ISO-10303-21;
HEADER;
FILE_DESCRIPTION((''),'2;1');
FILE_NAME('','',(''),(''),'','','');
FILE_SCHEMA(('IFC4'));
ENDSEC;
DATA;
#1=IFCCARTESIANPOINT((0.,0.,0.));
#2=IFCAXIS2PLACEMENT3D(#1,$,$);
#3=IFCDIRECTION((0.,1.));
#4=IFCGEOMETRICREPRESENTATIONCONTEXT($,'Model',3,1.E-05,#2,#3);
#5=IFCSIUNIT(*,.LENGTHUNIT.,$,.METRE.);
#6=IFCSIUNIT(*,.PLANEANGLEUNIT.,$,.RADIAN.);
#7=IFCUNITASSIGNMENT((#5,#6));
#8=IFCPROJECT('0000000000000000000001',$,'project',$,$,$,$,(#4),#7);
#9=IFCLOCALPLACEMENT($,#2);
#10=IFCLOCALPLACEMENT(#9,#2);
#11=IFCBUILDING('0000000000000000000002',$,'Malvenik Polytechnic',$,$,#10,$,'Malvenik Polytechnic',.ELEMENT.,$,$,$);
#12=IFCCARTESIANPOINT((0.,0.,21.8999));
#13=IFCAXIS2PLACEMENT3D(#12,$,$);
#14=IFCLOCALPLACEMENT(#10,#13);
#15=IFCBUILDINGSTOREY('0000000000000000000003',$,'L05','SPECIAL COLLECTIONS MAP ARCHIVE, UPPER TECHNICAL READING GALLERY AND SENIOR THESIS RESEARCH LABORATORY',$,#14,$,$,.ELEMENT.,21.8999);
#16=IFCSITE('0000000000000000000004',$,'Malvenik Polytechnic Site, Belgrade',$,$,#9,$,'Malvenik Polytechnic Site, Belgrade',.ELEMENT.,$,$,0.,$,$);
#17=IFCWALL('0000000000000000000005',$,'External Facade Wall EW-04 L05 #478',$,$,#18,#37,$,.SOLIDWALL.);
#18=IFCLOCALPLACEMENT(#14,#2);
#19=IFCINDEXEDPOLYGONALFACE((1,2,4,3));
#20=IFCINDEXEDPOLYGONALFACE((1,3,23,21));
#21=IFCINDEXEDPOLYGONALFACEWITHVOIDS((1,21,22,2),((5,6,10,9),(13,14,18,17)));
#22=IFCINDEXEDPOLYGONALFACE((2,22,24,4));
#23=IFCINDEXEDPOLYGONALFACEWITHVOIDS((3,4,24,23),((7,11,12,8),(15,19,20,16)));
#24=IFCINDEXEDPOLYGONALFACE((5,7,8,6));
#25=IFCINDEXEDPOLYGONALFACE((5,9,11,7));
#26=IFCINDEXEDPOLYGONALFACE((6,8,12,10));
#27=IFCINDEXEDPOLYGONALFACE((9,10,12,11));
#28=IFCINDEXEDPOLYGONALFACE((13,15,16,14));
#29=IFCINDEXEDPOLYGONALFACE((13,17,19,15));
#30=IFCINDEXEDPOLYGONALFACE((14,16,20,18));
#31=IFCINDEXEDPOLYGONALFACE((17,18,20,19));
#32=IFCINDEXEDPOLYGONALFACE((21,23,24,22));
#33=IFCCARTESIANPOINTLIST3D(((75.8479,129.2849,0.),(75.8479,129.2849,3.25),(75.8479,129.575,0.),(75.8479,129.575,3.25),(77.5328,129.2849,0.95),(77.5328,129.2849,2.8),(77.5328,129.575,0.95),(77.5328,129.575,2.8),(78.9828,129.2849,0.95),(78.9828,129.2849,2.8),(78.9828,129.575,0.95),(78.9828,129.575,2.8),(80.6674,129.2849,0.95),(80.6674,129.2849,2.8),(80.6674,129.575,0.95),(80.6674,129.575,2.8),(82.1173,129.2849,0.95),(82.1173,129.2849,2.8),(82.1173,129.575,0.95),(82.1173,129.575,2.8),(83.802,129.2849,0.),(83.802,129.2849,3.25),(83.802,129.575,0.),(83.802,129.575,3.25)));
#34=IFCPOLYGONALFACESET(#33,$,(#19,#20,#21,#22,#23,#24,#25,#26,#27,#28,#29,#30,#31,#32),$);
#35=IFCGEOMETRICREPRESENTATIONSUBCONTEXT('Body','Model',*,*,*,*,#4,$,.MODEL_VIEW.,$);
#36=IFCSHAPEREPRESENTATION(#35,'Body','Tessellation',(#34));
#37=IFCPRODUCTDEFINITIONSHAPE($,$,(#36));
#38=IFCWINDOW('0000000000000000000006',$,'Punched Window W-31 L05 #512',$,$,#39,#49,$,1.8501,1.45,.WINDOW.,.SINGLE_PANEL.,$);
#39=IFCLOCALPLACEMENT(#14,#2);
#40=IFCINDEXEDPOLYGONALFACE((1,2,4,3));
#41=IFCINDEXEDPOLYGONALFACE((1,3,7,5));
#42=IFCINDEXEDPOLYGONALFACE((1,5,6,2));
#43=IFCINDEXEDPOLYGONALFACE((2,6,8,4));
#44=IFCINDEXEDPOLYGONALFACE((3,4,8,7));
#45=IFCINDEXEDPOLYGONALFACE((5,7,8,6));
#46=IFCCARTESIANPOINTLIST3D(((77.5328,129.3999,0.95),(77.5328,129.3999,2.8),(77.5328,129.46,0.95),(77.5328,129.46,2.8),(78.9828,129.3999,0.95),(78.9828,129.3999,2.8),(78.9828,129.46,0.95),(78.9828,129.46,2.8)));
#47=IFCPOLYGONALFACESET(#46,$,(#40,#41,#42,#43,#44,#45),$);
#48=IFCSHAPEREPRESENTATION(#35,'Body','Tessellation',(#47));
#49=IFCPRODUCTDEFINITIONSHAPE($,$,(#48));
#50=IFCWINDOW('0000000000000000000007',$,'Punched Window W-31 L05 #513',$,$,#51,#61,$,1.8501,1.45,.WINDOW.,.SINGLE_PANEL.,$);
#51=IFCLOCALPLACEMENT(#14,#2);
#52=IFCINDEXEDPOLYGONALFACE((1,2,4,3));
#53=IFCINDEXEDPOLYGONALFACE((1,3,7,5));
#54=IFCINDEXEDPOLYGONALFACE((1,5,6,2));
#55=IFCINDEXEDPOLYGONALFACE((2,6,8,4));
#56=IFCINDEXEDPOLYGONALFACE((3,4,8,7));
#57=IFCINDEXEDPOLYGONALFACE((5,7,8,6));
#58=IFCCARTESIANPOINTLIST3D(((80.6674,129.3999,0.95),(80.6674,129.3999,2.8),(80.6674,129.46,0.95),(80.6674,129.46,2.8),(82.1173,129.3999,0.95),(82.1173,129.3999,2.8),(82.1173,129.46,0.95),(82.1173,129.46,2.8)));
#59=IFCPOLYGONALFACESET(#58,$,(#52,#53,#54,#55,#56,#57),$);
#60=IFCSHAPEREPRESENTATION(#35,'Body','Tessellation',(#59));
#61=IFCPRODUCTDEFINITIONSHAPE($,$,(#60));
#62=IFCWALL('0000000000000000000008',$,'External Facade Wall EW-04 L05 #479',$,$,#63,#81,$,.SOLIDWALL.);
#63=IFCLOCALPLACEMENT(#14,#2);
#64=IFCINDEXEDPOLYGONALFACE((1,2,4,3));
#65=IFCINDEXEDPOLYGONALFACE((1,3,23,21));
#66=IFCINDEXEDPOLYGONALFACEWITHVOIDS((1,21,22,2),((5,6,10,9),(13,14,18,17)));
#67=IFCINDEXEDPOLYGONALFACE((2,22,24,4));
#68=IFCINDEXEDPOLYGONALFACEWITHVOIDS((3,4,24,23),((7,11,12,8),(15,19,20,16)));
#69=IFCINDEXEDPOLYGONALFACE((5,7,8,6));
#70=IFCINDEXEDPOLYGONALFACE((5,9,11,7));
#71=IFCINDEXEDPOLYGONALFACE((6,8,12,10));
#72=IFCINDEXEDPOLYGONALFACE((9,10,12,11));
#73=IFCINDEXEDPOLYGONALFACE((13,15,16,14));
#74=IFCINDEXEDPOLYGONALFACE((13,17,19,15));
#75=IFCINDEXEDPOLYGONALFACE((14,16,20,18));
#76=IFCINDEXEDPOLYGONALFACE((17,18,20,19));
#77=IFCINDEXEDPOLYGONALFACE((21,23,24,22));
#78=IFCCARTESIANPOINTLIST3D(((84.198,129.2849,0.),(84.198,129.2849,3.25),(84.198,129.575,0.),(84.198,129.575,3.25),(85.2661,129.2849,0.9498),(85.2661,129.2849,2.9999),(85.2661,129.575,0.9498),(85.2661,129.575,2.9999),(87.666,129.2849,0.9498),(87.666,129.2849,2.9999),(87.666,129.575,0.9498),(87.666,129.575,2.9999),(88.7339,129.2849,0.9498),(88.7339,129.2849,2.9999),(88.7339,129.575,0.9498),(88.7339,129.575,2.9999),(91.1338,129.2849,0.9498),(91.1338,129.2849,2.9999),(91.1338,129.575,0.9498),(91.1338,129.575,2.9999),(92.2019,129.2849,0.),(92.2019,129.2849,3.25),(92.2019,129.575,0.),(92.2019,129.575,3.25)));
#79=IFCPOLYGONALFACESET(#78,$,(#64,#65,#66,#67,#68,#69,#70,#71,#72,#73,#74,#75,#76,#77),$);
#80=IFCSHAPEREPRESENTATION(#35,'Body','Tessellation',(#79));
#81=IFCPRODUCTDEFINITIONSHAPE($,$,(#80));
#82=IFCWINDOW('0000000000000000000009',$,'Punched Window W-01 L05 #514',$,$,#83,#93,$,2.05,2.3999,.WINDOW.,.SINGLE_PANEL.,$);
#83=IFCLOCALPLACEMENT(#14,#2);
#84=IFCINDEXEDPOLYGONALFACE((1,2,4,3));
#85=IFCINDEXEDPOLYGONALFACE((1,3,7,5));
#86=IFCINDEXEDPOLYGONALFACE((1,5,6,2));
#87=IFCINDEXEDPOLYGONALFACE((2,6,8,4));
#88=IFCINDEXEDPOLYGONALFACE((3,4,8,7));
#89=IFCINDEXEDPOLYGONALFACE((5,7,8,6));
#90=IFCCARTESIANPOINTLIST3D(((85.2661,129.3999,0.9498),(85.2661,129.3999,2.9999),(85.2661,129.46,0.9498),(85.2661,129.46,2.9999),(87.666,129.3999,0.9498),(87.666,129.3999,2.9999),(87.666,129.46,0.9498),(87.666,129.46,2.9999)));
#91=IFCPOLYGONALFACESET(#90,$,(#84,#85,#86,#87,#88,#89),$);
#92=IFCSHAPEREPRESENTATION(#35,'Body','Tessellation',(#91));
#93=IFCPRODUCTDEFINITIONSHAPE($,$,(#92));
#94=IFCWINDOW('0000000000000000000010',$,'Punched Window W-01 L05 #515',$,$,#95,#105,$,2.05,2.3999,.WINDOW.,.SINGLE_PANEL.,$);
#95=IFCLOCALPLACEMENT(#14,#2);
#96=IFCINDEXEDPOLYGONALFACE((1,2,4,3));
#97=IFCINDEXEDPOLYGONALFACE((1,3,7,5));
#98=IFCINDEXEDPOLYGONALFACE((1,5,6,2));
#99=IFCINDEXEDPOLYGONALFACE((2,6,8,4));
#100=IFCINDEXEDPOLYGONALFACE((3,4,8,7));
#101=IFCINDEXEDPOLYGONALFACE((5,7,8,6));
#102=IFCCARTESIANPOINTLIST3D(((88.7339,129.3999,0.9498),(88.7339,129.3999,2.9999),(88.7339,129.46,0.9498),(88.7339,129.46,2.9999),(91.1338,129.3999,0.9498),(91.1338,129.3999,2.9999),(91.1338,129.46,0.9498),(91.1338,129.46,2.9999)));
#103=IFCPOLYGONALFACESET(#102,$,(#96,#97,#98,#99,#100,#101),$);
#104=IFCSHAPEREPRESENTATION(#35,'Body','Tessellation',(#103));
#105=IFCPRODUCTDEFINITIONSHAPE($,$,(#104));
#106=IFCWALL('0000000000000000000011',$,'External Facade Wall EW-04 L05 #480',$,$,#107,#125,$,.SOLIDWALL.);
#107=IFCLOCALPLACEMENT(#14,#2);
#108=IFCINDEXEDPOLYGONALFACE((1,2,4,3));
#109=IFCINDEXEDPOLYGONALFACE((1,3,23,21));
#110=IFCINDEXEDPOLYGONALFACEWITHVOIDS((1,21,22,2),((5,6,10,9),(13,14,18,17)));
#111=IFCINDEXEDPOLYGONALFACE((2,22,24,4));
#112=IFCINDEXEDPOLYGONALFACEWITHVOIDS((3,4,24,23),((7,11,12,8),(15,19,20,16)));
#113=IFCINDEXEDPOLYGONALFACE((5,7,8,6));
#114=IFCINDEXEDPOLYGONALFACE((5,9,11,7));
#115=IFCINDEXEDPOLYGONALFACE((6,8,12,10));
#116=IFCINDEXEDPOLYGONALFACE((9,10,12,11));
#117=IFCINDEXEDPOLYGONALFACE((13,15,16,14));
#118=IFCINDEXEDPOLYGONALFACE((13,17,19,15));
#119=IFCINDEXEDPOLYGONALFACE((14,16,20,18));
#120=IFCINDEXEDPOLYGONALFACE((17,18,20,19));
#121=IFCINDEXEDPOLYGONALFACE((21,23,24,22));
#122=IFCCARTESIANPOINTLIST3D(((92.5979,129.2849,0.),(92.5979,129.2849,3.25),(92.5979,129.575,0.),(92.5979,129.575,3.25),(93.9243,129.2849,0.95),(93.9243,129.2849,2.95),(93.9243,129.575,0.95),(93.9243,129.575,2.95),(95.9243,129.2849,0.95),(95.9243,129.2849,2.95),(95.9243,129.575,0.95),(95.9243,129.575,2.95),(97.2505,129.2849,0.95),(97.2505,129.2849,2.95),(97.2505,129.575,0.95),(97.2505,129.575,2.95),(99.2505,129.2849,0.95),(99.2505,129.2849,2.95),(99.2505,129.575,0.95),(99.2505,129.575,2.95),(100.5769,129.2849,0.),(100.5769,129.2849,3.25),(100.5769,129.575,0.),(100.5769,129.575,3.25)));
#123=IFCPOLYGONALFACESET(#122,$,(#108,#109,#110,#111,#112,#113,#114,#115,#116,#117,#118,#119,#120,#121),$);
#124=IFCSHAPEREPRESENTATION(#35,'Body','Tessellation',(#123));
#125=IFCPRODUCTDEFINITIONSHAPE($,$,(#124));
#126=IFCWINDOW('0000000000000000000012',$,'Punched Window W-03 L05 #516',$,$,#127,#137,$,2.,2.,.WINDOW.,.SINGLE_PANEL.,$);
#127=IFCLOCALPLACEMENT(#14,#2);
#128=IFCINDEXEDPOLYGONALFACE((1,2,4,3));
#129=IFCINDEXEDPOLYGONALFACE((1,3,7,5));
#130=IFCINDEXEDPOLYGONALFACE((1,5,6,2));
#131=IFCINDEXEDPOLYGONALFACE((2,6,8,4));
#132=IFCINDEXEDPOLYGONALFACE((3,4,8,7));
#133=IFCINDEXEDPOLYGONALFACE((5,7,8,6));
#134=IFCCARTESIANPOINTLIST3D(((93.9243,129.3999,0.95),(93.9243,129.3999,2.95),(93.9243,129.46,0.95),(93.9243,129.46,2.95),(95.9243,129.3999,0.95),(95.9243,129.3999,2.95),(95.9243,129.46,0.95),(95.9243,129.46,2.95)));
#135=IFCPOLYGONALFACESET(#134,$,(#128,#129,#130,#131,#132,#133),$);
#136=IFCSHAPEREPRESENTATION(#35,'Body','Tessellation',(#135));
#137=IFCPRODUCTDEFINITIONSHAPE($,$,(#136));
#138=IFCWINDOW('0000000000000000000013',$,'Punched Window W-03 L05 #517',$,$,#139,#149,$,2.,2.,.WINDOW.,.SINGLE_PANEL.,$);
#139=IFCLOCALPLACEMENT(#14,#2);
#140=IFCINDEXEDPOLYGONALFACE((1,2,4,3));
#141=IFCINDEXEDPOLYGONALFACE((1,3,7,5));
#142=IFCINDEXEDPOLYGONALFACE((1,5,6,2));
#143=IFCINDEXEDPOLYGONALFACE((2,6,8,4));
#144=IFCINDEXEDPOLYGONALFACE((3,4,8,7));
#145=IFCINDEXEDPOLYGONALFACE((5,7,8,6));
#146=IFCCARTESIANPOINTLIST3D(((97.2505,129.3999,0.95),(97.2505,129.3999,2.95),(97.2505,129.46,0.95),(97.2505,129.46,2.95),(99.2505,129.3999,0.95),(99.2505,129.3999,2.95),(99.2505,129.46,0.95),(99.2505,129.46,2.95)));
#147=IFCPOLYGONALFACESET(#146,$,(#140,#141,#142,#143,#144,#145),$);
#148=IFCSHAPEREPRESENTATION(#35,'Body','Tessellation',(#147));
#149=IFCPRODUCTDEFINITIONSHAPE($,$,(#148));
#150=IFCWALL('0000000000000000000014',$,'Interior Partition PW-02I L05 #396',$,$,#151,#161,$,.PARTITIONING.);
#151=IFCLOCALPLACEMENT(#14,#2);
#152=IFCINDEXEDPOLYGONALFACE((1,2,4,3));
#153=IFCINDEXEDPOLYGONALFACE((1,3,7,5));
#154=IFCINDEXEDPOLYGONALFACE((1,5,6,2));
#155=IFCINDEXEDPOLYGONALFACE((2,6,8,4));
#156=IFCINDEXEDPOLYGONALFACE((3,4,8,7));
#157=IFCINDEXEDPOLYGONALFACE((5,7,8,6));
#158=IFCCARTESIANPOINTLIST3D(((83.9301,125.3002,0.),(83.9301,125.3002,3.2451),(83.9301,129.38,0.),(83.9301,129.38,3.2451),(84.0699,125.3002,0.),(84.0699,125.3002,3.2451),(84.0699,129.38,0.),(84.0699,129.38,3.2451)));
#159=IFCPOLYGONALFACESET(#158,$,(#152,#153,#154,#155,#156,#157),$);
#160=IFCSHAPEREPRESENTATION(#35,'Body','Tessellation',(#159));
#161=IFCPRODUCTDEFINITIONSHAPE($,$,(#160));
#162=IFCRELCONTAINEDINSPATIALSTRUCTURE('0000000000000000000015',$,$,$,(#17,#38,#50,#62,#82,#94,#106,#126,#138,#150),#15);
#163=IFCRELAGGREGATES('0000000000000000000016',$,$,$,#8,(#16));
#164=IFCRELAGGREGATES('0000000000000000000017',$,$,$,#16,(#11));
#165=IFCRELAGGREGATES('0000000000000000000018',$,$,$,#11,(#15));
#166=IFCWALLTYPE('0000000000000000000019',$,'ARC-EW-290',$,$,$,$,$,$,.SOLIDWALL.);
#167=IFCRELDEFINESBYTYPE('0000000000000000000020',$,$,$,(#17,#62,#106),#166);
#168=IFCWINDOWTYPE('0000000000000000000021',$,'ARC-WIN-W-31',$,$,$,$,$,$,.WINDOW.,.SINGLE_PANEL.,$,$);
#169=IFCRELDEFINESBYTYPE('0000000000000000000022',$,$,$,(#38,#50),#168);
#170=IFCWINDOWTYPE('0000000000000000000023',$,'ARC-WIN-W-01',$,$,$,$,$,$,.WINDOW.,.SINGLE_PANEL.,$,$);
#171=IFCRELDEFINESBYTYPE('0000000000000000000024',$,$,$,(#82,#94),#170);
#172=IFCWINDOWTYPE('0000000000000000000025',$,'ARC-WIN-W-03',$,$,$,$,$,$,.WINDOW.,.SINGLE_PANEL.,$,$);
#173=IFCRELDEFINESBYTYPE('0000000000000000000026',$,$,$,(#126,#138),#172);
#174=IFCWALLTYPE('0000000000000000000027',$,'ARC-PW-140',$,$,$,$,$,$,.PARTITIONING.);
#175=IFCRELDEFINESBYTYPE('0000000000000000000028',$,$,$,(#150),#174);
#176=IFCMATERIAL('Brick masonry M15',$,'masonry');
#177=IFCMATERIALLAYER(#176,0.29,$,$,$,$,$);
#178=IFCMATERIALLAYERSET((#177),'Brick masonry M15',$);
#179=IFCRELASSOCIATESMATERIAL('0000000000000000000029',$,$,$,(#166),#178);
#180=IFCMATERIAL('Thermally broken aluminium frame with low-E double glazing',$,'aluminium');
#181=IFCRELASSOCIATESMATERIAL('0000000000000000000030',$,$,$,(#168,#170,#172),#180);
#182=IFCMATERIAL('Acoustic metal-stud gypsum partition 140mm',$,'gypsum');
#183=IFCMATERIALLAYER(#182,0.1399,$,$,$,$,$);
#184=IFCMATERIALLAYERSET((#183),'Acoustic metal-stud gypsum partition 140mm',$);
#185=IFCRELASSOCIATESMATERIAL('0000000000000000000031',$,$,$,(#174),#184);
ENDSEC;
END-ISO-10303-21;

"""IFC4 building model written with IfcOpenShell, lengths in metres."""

from ifc_helpers import new_model, si_unit, direction, frame, frame_2d, origin, place, context, subcontext, project, spatial, rectangle, extrude, material, layer, layer_set, type_object, element, fill, save


model = new_model("IFC4")

# Units and contexts
model_context = context("Model", 3, precision=1e-05, world=origin(), true_north=direction((0.0, 1.0)))
body_context = subcontext(model_context, "Body", "Model", "MODEL_VIEW")
ifc_project = project(units=[si_unit("LENGTHUNIT", "METRE"), si_unit("PLANEANGLEUNIT", "RADIAN")], contexts=[model_context])

# Site, building, storey
site_placement = place(None, origin())
site = spatial("IfcSite", under=ifc_project, at=site_placement, Name="Malvenik Polytechnic Site, Belgrade", LongName="Malvenik Polytechnic Site, Belgrade", CompositionType="ELEMENT", RefElevation=0.0)
building_placement = place(site_placement, origin())
building = spatial("IfcBuilding", under=site, at=building_placement, Name="Malvenik Polytechnic", LongName="Malvenik Polytechnic", CompositionType="ELEMENT")
storey_placement = place(building_placement, frame((0.0, 0.0, 21.8999)))
storey = spatial("IfcBuildingStorey", under=building, at=storey_placement, Name="L05", Description="SPECIAL COLLECTIONS MAP ARCHIVE, UPPER TECHNICAL READING GALLERY AND SENIOR THESIS RESEARCH LABORATORY", CompositionType="ELEMENT", Elevation=21.8999)

# Walls, openings, windows
ifc_material_1 = material(Name="Brick masonry M15", Category="masonry")
ifc_layer_1 = layer(ifc_material_1, 0.29)
ifc_layer_set_1 = layer_set([ifc_layer_1], Name="Brick masonry M15")
wall_type_1 = type_object("IfcWallType", Name="ARC-EW-290", PredefinedType="SOLIDWALL", material=ifc_layer_set_1)
wall_1_placement = place(storey_placement, frame((75.8479, 129.4299, 0.0), z_axis=(0.0, 0.0, 1.0), x_axis=(1.0, 0.0, 0.0)))
wall_1 = element("IfcWall", 1, at=wall_1_placement, inside=storey, type_object=wall_type_1, Name="External Facade Wall EW-04 L05 #478", PredefinedType="SOLIDWALL", context=body_context, shape_type="SweptSolid", body=[
    extrude(rectangle(XDim=7.9541, YDim=0.29, at=frame_2d((3.9771, 0.0))), origin(), (0.0, 0.0, 1.0), 3.25),
])
opening_1_placement = place(wall_1_placement, frame((1.6848, 0.0, 0.95)))
opening_1 = element("IfcOpeningElement", 2, at=opening_1_placement, cuts=wall_1, PredefinedType="OPENING", context=body_context, shape_type="SweptSolid", body=[
    extrude(rectangle(XDim=1.45, YDim=1.8501, at=frame_2d((0.7251, 0.925))), frame((0.0, 0.155, 0.0), z_axis=(0.0, -1.0, 0.0), x_axis=(1.0, 0.0, 0.0)), (0.0, 0.0, 1.0), 0.3101),
])
opening_2_placement = place(wall_1_placement, frame((4.8193, 0.0, 0.95)))
opening_2 = element("IfcOpeningElement", 3, at=opening_2_placement, cuts=wall_1, PredefinedType="OPENING", context=body_context, shape_type="SweptSolid", body=[
    extrude(rectangle(XDim=1.45, YDim=1.8501, at=frame_2d((0.7251, 0.925))), frame((0.0, 0.155, 0.0), z_axis=(0.0, -1.0, 0.0), x_axis=(1.0, 0.0, 0.0)), (0.0, 0.0, 1.0), 0.3101),
])
ifc_material_2 = material(Name="Thermally broken aluminium frame with low-E double glazing", Category="aluminium")
window_type_1 = type_object("IfcWindowType", Name="ARC-WIN-W-31", PartitioningType="SINGLE_PANEL", PredefinedType="WINDOW", material=ifc_material_2)
window_1_placement = place(opening_1_placement, origin())
window_1 = element("IfcWindow", 4, at=window_1_placement, inside=storey, type_object=window_type_1, Name="Punched Window W-31 L05 #512", OverallHeight=1.8501, OverallWidth=1.45, PartitioningType="SINGLE_PANEL", PredefinedType="WINDOW", context=body_context, shape_type="SweptSolid", body=[
    extrude(rectangle(XDim=1.45, YDim=1.8501, at=frame_2d((0.7251, 0.925))), frame((0.0, 0.03, 0.0), z_axis=(0.0, -1.0, 0.0), x_axis=(1.0, 0.0, 0.0)), (0.0, 0.0, 1.0), 0.0601),
])
fill(opening_1, window_1)
window_2_placement = place(opening_2_placement, origin())
window_2 = element("IfcWindow", 5, at=window_2_placement, inside=storey, type_object=window_type_1, Name="Punched Window W-31 L05 #513", OverallHeight=1.8501, OverallWidth=1.45, PartitioningType="SINGLE_PANEL", PredefinedType="WINDOW", context=body_context, shape_type="SweptSolid", body=[
    extrude(rectangle(XDim=1.45, YDim=1.8501, at=frame_2d((0.7251, 0.925))), frame((0.0, 0.03, 0.0), z_axis=(0.0, -1.0, 0.0), x_axis=(1.0, 0.0, 0.0)), (0.0, 0.0, 1.0), 0.0601),
])
fill(opening_2, window_2)
wall_2_placement = place(storey_placement, frame((84.198, 129.4299, 0.0), z_axis=(0.0, 0.0, 1.0), x_axis=(1.0, 0.0, 0.0)))
wall_2 = element("IfcWall", 6, at=wall_2_placement, inside=storey, type_object=wall_type_1, Name="External Facade Wall EW-04 L05 #479", PredefinedType="SOLIDWALL", context=body_context, shape_type="SweptSolid", body=[
    extrude(rectangle(XDim=8.0039, YDim=0.29, at=frame_2d((4.002, 0.0))), origin(), (0.0, 0.0, 1.0), 3.25),
])
opening_3_placement = place(wall_2_placement, frame((1.0681, 0.0, 0.95)))
opening_3 = element("IfcOpeningElement", 7, at=opening_3_placement, cuts=wall_2, PredefinedType="OPENING", context=body_context, shape_type="SweptSolid", body=[
    extrude(rectangle(XDim=2.3999, YDim=2.05, at=frame_2d((1.2, 1.0249))), frame((0.0, 0.155, 0.0), z_axis=(0.0, -1.0, 0.0), x_axis=(1.0, 0.0, 0.0)), (0.0, 0.0, 1.0), 0.3101),
])
opening_4_placement = place(wall_2_placement, frame((4.5359, 0.0, 0.95)))
opening_4 = element("IfcOpeningElement", 8, at=opening_4_placement, cuts=wall_2, PredefinedType="OPENING", context=body_context, shape_type="SweptSolid", body=[
    extrude(rectangle(XDim=2.3999, YDim=2.05, at=frame_2d((1.2, 1.0249))), frame((0.0, 0.155, 0.0), z_axis=(0.0, -1.0, 0.0), x_axis=(1.0, 0.0, 0.0)), (0.0, 0.0, 1.0), 0.3101),
])
window_type_2 = type_object("IfcWindowType", Name="ARC-WIN-W-01", PartitioningType="SINGLE_PANEL", PredefinedType="WINDOW", material=ifc_material_2)
window_3_placement = place(opening_3_placement, origin())
window_3 = element("IfcWindow", 9, at=window_3_placement, inside=storey, type_object=window_type_2, Name="Punched Window W-01 L05 #514", OverallHeight=2.05, OverallWidth=2.3999, PartitioningType="SINGLE_PANEL", PredefinedType="WINDOW", context=body_context, shape_type="SweptSolid", body=[
    extrude(rectangle(XDim=2.3999, YDim=2.05, at=frame_2d((1.2, 1.0249))), frame((0.0, 0.03, 0.0), z_axis=(0.0, -1.0, 0.0), x_axis=(1.0, 0.0, 0.0)), (0.0, 0.0, 1.0), 0.0601),
])
fill(opening_3, window_3)
window_4_placement = place(opening_4_placement, origin())
window_4 = element("IfcWindow", 10, at=window_4_placement, inside=storey, type_object=window_type_2, Name="Punched Window W-01 L05 #515", OverallHeight=2.05, OverallWidth=2.3999, PartitioningType="SINGLE_PANEL", PredefinedType="WINDOW", context=body_context, shape_type="SweptSolid", body=[
    extrude(rectangle(XDim=2.3999, YDim=2.05, at=frame_2d((1.2, 1.0249))), frame((0.0, 0.03, 0.0), z_axis=(0.0, -1.0, 0.0), x_axis=(1.0, 0.0, 0.0)), (0.0, 0.0, 1.0), 0.0601),
])
fill(opening_4, window_4)
wall_3_placement = place(storey_placement, frame((92.5979, 129.4299, 0.0), z_axis=(0.0, 0.0, 1.0), x_axis=(1.0, 0.0, 0.0)))
wall_3 = element("IfcWall", 11, at=wall_3_placement, inside=storey, type_object=wall_type_1, Name="External Facade Wall EW-04 L05 #480", PredefinedType="SOLIDWALL", context=body_context, shape_type="SweptSolid", body=[
    extrude(rectangle(XDim=7.979, YDim=0.29, at=frame_2d((3.9895, 0.0))), origin(), (0.0, 0.0, 1.0), 3.25),
])
opening_5_placement = place(wall_3_placement, frame((1.3264, 0.0, 0.95)))
opening_5 = element("IfcOpeningElement", 12, at=opening_5_placement, cuts=wall_3, PredefinedType="OPENING", context=body_context, shape_type="SweptSolid", body=[
    extrude(rectangle(XDim=2.0, YDim=2.0, at=frame_2d((1.0, 1.0))), frame((0.0, 0.155, 0.0), z_axis=(0.0, -1.0, 0.0), x_axis=(1.0, 0.0, 0.0)), (0.0, 0.0, 1.0), 0.3101),
])
opening_6_placement = place(wall_3_placement, frame((4.6526, 0.0, 0.95)))
opening_6 = element("IfcOpeningElement", 13, at=opening_6_placement, cuts=wall_3, PredefinedType="OPENING", context=body_context, shape_type="SweptSolid", body=[
    extrude(rectangle(XDim=2.0, YDim=2.0, at=frame_2d((1.0, 1.0))), frame((0.0, 0.155, 0.0), z_axis=(0.0, -1.0, 0.0), x_axis=(1.0, 0.0, 0.0)), (0.0, 0.0, 1.0), 0.3101),
])
window_type_3 = type_object("IfcWindowType", Name="ARC-WIN-W-03", PartitioningType="SINGLE_PANEL", PredefinedType="WINDOW", material=ifc_material_2)
window_5_placement = place(opening_5_placement, origin())
window_5 = element("IfcWindow", 14, at=window_5_placement, inside=storey, type_object=window_type_3, Name="Punched Window W-03 L05 #516", OverallHeight=2.0, OverallWidth=2.0, PartitioningType="SINGLE_PANEL", PredefinedType="WINDOW", context=body_context, shape_type="SweptSolid", body=[
    extrude(rectangle(XDim=2.0, YDim=2.0, at=frame_2d((1.0, 1.0))), frame((0.0, 0.03, 0.0), z_axis=(0.0, -1.0, 0.0), x_axis=(1.0, 0.0, 0.0)), (0.0, 0.0, 1.0), 0.0601),
])
fill(opening_5, window_5)
window_6_placement = place(opening_6_placement, origin())
window_6 = element("IfcWindow", 15, at=window_6_placement, inside=storey, type_object=window_type_3, Name="Punched Window W-03 L05 #517", OverallHeight=2.0, OverallWidth=2.0, PartitioningType="SINGLE_PANEL", PredefinedType="WINDOW", context=body_context, shape_type="SweptSolid", body=[
    extrude(rectangle(XDim=2.0, YDim=2.0, at=frame_2d((1.0, 1.0))), frame((0.0, 0.03, 0.0), z_axis=(0.0, -1.0, 0.0), x_axis=(1.0, 0.0, 0.0)), (0.0, 0.0, 1.0), 0.0601),
])
fill(opening_6, window_6)

# Wall
ifc_material_3 = material(Name="Acoustic metal-stud gypsum partition 140mm", Category="gypsum")
ifc_layer_2 = layer(ifc_material_3, 0.1399)
ifc_layer_set_2 = layer_set([ifc_layer_2], Name="Acoustic metal-stud gypsum partition 140mm")
wall_type_2 = type_object("IfcWallType", Name="ARC-PW-140", PredefinedType="PARTITIONING", material=ifc_layer_set_2)
wall_4_placement = place(storey_placement, frame((84.0, 125.3, 0.0), z_axis=(0.0, 0.0, 1.0), x_axis=(0.0, 1.0, 0.0)))
element("IfcWall", 16, at=wall_4_placement, inside=storey, type_object=wall_type_2, Name="Interior Partition PW-02I L05 #396", PredefinedType="PARTITIONING", context=body_context, shape_type="SweptSolid", body=[
    extrude(rectangle(XDim=4.0798, YDim=0.1399, at=frame_2d((2.04, 0.0))), origin(), (0.0, 0.0, 1.0), 3.2451),
])

save(model, "model.ifc")
